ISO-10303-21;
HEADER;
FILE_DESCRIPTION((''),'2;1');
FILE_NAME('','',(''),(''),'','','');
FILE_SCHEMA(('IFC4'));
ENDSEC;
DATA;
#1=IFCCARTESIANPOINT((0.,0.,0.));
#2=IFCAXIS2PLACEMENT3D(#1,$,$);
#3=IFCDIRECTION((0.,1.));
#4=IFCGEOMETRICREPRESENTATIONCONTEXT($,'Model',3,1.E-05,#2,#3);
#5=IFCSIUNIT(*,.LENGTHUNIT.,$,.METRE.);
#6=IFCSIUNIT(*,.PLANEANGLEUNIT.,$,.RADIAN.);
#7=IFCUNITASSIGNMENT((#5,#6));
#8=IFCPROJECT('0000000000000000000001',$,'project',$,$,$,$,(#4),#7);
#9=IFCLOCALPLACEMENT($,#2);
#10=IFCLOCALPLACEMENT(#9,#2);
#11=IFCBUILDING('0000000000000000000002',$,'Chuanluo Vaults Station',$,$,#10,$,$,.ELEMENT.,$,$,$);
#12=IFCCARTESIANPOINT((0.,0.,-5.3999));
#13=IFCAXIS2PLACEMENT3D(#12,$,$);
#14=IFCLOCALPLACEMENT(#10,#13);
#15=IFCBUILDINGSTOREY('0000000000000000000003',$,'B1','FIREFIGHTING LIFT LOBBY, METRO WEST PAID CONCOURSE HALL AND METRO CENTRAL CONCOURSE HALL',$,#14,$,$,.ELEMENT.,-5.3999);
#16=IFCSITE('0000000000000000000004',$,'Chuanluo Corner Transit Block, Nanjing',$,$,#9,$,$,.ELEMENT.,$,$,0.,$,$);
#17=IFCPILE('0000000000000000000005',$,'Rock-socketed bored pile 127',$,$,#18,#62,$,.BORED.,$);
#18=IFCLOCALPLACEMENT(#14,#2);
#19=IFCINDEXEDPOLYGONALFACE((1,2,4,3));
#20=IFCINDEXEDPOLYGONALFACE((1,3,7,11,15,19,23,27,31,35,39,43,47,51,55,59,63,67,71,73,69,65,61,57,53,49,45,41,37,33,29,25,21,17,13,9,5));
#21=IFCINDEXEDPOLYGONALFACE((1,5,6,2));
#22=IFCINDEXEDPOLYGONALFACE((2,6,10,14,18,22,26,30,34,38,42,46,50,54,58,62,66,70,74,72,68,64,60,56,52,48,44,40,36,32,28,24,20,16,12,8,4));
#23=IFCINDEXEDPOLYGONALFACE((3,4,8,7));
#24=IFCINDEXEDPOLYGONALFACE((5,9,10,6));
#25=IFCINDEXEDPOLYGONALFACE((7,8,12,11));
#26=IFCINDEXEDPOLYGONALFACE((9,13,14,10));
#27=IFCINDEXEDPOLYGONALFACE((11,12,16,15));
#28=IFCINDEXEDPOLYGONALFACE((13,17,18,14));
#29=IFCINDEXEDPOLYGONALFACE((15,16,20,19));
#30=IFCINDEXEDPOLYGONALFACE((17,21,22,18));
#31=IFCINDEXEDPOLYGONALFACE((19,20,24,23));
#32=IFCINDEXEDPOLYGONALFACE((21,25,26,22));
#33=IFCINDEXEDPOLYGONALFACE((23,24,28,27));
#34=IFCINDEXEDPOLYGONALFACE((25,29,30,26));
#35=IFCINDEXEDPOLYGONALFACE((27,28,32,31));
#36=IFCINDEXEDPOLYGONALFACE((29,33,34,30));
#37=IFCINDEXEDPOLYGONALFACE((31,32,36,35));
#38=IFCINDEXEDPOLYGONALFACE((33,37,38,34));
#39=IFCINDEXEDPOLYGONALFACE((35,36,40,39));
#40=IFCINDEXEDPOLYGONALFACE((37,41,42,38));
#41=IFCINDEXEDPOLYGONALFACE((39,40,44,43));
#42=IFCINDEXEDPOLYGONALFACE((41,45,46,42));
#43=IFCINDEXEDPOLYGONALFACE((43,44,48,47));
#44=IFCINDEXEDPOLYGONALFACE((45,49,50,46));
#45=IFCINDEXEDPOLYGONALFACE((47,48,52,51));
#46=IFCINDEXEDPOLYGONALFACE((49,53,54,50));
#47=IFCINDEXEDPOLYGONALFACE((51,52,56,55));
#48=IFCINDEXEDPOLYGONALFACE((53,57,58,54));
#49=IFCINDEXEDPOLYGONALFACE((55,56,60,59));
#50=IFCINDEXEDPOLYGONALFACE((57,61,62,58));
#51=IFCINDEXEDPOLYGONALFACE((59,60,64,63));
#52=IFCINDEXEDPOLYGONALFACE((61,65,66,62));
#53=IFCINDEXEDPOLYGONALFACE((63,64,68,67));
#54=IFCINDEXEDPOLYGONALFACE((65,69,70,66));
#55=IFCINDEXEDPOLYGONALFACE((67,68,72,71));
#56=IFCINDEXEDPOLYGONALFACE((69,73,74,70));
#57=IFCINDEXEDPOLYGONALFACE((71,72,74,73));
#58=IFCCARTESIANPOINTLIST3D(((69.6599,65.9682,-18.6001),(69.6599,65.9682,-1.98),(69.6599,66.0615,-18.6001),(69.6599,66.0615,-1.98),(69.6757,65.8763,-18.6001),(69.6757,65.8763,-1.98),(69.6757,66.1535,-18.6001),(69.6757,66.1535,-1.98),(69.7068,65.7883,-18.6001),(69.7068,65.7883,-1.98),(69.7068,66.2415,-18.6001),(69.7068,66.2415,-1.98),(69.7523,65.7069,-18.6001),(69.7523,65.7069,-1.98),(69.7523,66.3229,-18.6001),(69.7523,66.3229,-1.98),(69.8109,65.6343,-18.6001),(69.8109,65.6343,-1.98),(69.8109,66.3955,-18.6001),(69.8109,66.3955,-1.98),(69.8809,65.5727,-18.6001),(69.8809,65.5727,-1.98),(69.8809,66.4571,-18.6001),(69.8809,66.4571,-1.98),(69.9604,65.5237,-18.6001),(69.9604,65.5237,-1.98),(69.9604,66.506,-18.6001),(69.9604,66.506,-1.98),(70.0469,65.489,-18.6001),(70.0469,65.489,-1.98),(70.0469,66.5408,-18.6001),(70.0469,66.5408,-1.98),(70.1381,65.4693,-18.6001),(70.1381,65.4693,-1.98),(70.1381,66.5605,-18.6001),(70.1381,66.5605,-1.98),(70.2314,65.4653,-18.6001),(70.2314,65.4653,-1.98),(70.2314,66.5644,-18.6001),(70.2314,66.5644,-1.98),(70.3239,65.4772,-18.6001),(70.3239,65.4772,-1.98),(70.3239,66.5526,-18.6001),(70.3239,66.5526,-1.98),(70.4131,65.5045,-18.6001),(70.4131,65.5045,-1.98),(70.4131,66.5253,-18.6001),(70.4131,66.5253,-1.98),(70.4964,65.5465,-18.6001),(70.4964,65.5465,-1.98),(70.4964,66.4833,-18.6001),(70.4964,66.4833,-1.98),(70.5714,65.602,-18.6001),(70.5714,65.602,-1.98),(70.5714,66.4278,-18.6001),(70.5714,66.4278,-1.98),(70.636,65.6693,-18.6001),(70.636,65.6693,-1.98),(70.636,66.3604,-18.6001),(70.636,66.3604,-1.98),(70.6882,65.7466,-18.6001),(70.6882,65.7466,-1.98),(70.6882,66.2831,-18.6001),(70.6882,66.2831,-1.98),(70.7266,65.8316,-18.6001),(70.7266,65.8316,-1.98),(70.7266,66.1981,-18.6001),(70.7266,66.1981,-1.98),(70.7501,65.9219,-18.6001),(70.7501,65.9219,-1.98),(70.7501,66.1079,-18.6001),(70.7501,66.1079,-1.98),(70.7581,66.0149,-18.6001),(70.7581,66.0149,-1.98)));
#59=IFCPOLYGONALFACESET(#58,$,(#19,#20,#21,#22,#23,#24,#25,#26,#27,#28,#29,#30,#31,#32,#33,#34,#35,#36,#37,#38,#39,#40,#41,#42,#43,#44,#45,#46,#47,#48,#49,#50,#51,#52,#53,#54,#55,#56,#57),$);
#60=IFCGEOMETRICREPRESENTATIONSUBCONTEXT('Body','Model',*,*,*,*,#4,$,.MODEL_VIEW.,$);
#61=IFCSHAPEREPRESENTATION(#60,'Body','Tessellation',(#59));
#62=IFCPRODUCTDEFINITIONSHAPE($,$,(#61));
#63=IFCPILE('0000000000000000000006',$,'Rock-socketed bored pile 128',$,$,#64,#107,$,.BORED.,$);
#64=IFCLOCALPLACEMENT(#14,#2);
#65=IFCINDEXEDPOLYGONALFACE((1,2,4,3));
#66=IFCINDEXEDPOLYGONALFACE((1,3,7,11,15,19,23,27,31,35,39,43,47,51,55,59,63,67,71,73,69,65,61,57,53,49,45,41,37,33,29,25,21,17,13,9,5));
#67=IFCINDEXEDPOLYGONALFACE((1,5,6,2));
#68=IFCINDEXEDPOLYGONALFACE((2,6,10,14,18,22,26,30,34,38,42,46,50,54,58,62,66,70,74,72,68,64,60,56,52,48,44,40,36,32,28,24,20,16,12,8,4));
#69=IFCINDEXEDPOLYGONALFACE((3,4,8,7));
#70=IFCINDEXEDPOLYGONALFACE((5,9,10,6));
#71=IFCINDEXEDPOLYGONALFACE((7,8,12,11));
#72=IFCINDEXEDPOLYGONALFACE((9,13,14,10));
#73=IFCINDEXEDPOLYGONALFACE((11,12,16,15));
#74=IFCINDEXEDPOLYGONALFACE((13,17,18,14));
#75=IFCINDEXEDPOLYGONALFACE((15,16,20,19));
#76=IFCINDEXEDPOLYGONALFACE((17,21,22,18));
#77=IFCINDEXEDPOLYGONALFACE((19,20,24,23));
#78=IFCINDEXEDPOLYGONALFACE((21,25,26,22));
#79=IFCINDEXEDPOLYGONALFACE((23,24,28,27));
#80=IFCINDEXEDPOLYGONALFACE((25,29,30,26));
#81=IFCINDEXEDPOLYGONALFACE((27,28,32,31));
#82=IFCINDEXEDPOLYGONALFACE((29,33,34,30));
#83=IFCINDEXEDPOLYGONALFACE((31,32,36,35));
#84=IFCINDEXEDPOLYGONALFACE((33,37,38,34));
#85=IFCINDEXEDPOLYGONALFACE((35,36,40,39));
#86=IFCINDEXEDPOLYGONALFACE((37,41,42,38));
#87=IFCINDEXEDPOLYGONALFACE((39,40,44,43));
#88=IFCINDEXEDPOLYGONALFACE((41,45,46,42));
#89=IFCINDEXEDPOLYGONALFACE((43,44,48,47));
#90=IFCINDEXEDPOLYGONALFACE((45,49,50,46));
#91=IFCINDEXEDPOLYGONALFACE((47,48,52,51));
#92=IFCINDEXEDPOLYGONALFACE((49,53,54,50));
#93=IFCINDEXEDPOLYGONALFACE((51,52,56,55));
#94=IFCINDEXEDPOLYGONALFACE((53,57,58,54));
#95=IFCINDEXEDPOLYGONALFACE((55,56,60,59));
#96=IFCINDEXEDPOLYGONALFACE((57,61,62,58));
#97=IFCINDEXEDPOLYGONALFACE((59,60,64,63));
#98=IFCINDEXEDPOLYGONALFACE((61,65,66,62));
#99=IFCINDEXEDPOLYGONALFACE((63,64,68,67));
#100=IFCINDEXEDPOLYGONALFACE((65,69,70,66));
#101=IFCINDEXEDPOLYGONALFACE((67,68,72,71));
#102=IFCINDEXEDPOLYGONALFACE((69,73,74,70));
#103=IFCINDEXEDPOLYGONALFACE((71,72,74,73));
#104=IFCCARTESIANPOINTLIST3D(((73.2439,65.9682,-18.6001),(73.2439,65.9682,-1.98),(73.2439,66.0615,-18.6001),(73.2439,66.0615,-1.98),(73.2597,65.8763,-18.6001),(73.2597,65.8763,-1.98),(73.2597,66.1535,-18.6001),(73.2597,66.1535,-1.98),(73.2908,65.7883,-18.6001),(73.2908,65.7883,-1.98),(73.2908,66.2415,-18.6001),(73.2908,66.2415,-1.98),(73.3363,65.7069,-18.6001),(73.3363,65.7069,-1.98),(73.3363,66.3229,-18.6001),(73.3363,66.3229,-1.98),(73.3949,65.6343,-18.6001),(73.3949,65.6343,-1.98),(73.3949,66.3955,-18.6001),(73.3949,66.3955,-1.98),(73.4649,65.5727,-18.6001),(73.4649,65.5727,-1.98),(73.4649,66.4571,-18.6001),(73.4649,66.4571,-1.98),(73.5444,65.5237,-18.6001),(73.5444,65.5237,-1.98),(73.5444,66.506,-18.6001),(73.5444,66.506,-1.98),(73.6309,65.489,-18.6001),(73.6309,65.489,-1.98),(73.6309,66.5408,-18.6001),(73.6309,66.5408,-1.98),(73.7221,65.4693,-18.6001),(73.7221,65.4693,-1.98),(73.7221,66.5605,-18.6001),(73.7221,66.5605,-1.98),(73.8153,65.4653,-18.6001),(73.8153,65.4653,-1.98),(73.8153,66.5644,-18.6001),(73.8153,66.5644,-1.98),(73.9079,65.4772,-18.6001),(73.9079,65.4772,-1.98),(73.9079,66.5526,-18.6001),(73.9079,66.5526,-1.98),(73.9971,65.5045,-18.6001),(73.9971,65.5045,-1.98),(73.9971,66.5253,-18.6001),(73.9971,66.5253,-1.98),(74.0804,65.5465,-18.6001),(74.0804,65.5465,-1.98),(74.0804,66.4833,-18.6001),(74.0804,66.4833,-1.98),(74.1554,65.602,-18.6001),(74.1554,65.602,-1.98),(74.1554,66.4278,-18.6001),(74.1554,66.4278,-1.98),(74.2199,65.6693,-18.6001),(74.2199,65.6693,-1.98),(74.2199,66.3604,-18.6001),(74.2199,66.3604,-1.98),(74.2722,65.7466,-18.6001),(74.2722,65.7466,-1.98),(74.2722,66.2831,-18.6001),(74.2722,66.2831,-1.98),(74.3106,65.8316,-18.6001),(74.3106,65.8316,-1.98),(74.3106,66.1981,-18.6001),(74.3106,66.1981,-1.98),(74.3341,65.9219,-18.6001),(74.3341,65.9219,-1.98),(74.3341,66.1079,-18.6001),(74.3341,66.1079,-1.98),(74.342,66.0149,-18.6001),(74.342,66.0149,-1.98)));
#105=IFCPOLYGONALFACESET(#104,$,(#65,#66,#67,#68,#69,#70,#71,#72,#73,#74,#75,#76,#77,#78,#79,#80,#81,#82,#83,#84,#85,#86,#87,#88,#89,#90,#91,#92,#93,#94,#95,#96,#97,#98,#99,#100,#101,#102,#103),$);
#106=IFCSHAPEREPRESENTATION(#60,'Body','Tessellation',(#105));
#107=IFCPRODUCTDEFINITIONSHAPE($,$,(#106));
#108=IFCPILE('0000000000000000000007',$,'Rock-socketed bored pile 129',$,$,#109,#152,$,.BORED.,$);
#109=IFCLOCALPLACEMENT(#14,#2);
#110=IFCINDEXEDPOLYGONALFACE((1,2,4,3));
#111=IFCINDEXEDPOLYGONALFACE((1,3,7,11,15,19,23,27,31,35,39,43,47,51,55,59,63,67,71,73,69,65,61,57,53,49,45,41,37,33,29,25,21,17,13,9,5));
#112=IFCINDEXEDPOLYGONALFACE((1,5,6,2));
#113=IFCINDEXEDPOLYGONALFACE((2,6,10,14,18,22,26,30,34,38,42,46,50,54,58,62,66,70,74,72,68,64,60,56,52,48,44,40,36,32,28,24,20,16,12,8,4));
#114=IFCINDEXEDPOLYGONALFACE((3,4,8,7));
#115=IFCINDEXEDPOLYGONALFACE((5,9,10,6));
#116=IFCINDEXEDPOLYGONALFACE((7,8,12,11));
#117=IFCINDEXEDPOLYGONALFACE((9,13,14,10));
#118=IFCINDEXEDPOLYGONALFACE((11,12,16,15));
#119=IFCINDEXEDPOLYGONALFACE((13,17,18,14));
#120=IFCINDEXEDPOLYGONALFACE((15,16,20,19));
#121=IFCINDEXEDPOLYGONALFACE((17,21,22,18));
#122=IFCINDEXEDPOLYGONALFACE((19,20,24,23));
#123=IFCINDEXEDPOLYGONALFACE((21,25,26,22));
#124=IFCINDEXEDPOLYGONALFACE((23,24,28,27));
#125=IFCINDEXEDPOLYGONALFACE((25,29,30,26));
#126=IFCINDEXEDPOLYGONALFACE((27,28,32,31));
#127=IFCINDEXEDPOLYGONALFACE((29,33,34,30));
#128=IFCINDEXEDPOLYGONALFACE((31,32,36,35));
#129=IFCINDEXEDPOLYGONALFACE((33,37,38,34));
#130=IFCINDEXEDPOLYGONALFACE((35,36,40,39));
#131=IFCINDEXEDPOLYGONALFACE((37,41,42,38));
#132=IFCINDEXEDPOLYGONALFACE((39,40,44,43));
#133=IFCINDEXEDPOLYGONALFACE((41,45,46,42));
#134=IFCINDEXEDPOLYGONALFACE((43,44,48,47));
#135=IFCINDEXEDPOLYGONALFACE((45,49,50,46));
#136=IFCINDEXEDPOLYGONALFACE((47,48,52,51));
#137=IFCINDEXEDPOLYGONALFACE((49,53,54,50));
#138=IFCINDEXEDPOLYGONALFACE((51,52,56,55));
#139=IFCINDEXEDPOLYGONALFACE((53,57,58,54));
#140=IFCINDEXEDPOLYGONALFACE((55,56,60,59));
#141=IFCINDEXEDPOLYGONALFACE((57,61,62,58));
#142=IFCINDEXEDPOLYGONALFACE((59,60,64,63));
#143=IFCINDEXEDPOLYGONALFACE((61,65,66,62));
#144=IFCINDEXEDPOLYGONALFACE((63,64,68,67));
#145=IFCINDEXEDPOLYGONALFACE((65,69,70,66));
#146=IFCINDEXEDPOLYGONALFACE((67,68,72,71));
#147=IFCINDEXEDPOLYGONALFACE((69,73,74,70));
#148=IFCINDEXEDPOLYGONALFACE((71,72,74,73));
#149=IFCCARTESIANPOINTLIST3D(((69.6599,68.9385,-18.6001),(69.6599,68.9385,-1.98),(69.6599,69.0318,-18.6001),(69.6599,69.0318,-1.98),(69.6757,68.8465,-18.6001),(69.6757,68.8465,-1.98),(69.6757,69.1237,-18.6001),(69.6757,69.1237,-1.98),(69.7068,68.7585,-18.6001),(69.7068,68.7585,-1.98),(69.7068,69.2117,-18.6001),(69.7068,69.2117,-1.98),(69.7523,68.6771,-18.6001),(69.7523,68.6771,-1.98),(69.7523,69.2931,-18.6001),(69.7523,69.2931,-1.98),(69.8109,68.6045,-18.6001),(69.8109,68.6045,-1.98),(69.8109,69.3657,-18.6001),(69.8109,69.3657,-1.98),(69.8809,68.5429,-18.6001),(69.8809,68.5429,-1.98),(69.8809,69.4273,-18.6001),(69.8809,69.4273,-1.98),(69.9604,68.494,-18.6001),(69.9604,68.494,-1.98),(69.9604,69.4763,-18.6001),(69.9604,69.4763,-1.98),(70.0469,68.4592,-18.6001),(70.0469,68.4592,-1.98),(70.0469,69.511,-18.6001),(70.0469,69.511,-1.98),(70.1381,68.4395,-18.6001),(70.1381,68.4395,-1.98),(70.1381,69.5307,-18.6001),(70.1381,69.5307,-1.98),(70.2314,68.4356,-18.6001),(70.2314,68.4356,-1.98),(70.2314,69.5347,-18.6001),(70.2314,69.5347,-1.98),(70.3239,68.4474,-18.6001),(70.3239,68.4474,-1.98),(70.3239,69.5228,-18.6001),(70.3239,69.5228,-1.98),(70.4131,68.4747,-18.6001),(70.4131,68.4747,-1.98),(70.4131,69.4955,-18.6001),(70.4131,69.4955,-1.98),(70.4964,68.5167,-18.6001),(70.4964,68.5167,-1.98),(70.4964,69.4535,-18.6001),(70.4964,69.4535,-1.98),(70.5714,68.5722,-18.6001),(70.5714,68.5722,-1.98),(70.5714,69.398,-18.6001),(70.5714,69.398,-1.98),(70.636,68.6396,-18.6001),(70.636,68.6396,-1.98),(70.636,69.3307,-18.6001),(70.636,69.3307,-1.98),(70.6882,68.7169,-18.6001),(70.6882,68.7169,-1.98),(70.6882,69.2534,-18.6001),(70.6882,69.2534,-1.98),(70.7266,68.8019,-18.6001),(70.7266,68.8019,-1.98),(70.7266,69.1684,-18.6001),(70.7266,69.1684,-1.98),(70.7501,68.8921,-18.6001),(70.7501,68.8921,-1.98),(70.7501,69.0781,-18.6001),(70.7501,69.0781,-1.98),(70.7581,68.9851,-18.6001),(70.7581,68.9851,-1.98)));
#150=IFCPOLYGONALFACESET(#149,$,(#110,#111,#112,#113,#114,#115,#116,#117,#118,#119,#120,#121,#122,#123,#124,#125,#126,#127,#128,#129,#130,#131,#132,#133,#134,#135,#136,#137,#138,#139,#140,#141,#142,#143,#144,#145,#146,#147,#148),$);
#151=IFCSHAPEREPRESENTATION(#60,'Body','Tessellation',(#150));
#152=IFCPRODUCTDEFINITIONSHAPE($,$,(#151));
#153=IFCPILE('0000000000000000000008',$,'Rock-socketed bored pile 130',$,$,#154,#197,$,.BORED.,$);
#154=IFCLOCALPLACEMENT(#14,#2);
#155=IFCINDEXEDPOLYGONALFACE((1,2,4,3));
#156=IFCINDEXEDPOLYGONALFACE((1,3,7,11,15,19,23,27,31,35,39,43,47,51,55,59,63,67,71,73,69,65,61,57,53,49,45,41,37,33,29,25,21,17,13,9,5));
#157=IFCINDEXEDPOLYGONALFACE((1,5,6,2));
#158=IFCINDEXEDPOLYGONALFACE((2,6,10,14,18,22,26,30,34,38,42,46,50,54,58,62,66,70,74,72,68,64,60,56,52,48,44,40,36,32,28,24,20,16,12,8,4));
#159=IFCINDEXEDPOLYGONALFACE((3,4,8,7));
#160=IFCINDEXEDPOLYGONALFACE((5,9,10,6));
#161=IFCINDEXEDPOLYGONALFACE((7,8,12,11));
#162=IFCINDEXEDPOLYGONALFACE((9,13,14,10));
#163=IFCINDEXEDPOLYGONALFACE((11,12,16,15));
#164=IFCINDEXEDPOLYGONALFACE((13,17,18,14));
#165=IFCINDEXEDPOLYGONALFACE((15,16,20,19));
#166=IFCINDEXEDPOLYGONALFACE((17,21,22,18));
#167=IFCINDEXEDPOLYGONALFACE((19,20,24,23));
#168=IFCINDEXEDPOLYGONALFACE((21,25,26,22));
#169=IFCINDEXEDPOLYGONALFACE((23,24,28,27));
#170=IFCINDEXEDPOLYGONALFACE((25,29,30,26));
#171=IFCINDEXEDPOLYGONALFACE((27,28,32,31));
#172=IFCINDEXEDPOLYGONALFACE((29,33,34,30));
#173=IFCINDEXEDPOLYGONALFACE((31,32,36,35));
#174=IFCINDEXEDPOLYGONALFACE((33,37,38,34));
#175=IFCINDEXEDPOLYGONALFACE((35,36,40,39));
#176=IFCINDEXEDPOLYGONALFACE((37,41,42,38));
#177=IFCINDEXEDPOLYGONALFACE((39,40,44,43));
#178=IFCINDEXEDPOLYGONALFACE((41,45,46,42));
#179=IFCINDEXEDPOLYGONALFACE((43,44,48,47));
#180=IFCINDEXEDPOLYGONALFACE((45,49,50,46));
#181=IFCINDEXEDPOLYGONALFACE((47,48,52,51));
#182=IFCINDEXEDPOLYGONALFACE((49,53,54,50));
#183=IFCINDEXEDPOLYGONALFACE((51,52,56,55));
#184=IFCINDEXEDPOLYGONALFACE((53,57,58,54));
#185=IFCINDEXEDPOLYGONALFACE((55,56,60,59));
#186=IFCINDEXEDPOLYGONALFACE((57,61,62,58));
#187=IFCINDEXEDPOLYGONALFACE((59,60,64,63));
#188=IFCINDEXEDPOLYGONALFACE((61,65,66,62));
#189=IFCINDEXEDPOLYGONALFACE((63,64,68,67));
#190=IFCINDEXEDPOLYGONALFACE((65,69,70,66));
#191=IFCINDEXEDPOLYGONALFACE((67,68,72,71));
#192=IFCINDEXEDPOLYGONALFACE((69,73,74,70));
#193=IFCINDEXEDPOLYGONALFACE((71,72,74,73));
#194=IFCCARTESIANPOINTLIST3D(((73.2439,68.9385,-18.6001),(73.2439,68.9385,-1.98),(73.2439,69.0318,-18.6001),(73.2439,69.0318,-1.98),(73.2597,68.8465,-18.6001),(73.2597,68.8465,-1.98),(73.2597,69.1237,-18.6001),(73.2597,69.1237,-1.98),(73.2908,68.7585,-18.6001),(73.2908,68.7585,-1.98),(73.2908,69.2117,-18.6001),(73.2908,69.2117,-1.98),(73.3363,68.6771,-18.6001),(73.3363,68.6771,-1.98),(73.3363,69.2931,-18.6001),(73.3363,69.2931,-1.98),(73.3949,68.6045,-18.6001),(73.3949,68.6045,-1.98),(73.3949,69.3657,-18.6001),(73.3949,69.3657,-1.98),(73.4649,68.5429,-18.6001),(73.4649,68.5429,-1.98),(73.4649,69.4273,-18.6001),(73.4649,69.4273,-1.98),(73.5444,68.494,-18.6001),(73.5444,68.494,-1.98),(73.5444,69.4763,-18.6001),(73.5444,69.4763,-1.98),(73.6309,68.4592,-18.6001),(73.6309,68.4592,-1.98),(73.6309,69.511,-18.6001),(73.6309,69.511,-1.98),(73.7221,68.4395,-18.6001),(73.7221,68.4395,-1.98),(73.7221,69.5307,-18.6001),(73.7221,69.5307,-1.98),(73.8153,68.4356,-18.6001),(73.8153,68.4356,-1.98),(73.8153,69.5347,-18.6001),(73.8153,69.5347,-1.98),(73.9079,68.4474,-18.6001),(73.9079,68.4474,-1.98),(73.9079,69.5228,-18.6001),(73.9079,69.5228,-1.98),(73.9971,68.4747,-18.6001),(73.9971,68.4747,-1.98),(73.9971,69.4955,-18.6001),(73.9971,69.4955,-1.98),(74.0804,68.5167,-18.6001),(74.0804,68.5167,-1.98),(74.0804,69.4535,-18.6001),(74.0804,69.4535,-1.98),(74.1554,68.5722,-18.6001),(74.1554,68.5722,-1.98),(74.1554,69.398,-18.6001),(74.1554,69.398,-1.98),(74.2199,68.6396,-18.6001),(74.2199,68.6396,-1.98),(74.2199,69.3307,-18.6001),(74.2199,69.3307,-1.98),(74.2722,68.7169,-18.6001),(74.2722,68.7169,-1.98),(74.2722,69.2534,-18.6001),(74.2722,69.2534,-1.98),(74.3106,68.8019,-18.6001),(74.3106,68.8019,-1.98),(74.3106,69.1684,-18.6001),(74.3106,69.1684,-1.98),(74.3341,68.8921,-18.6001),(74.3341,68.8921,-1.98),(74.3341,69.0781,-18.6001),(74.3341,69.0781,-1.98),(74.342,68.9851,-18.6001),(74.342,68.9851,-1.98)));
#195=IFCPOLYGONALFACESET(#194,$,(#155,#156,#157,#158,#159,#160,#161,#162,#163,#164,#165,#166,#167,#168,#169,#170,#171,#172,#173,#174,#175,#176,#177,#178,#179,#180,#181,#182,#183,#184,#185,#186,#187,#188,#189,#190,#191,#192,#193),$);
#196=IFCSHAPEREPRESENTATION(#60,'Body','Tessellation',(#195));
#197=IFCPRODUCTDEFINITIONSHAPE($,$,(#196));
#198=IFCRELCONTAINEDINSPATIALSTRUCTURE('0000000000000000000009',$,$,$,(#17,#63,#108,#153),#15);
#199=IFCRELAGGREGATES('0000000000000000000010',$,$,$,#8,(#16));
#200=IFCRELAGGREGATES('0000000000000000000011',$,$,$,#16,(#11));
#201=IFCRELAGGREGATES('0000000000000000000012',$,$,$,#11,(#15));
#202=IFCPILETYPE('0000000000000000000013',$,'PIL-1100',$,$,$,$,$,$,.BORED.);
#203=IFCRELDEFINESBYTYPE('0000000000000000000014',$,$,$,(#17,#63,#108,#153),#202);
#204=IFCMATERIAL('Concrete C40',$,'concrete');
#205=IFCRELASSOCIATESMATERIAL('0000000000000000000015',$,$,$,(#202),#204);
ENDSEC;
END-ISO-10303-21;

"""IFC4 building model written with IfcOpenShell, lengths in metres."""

from ifc_helpers import new_model, si_unit, direction, frame, origin, origin_2d, place, context, subcontext, project, spatial, circle, extrude, material, material_profile, profile_set, type_object, element, save


model = new_model("IFC4")

# Units and contexts
model_context = context("Model", 3, precision=1e-05, world=origin(), true_north=direction((0.0, 1.0)))
body_context = subcontext(model_context, "Body", "Model", "MODEL_VIEW")
ifc_project = project(units=[si_unit("LENGTHUNIT", "METRE"), si_unit("PLANEANGLEUNIT", "RADIAN")], contexts=[model_context])

# Site, building, storey
site_placement = place(None, origin())
site = spatial("IfcSite", under=ifc_project, at=site_placement, Name="Chuanluo Corner Transit Block, Nanjing", CompositionType="ELEMENT", RefElevation=0.0)
building_placement = place(site_placement, origin())
building = spatial("IfcBuilding", under=site, at=building_placement, Name="Chuanluo Vaults Station", CompositionType="ELEMENT")
storey_placement = place(building_placement, frame((0.0, 0.0, -5.3999)))
storey = spatial("IfcBuildingStorey", under=building, at=storey_placement, Name="B1", Description="FIREFIGHTING LIFT LOBBY, METRO WEST PAID CONCOURSE HALL AND METRO CENTRAL CONCOURSE HALL", CompositionType="ELEMENT", Elevation=-5.3999)

# Piles
ifc_material_1 = material(Name="Concrete C40", Category="concrete")
ifc_material_profile_1 = material_profile(ifc_material_1, circle(Radius=0.55, at=origin_2d()))
ifc_profile_set_1 = profile_set([ifc_material_profile_1], Name="Concrete C40")
pile_type_1 = type_object("IfcPileType", Name="PIL-1100", PredefinedType="BORED", material=ifc_profile_set_1)
for number, where, z_axis, x_axis, name in (
    (1, (70.208, 66.0149, -1.98), (0.0, 0.0, -1.0), (1.0, 0.0, 0.0), "Rock-socketed bored pile 127"),
    (2, (73.792, 66.0149, -1.98), (0.0, 0.0, -1.0), (1.0, 0.0, 0.0), "Rock-socketed bored pile 128"),
    (3, (70.208, 68.9851, -1.98), (0.0, 0.0, -1.0), (1.0, 0.0, 0.0), "Rock-socketed bored pile 129"),
    (4, (73.792, 68.9851, -1.98), (0.0, 0.0, -1.0), (1.0, 0.0, 0.0), "Rock-socketed bored pile 130"),
):
    element("IfcPile", number, at=place(storey_placement, frame(where, z_axis=z_axis, x_axis=x_axis)), inside=storey, type_object=pile_type_1, Name=name, PredefinedType="BORED", context=body_context, shape_type="SweptSolid", body=[
        extrude(circle(Radius=0.55, at=origin_2d()), origin(), (0.0, 0.0, 1.0), 16.6201),
    ])

save(model, "model.ifc")
